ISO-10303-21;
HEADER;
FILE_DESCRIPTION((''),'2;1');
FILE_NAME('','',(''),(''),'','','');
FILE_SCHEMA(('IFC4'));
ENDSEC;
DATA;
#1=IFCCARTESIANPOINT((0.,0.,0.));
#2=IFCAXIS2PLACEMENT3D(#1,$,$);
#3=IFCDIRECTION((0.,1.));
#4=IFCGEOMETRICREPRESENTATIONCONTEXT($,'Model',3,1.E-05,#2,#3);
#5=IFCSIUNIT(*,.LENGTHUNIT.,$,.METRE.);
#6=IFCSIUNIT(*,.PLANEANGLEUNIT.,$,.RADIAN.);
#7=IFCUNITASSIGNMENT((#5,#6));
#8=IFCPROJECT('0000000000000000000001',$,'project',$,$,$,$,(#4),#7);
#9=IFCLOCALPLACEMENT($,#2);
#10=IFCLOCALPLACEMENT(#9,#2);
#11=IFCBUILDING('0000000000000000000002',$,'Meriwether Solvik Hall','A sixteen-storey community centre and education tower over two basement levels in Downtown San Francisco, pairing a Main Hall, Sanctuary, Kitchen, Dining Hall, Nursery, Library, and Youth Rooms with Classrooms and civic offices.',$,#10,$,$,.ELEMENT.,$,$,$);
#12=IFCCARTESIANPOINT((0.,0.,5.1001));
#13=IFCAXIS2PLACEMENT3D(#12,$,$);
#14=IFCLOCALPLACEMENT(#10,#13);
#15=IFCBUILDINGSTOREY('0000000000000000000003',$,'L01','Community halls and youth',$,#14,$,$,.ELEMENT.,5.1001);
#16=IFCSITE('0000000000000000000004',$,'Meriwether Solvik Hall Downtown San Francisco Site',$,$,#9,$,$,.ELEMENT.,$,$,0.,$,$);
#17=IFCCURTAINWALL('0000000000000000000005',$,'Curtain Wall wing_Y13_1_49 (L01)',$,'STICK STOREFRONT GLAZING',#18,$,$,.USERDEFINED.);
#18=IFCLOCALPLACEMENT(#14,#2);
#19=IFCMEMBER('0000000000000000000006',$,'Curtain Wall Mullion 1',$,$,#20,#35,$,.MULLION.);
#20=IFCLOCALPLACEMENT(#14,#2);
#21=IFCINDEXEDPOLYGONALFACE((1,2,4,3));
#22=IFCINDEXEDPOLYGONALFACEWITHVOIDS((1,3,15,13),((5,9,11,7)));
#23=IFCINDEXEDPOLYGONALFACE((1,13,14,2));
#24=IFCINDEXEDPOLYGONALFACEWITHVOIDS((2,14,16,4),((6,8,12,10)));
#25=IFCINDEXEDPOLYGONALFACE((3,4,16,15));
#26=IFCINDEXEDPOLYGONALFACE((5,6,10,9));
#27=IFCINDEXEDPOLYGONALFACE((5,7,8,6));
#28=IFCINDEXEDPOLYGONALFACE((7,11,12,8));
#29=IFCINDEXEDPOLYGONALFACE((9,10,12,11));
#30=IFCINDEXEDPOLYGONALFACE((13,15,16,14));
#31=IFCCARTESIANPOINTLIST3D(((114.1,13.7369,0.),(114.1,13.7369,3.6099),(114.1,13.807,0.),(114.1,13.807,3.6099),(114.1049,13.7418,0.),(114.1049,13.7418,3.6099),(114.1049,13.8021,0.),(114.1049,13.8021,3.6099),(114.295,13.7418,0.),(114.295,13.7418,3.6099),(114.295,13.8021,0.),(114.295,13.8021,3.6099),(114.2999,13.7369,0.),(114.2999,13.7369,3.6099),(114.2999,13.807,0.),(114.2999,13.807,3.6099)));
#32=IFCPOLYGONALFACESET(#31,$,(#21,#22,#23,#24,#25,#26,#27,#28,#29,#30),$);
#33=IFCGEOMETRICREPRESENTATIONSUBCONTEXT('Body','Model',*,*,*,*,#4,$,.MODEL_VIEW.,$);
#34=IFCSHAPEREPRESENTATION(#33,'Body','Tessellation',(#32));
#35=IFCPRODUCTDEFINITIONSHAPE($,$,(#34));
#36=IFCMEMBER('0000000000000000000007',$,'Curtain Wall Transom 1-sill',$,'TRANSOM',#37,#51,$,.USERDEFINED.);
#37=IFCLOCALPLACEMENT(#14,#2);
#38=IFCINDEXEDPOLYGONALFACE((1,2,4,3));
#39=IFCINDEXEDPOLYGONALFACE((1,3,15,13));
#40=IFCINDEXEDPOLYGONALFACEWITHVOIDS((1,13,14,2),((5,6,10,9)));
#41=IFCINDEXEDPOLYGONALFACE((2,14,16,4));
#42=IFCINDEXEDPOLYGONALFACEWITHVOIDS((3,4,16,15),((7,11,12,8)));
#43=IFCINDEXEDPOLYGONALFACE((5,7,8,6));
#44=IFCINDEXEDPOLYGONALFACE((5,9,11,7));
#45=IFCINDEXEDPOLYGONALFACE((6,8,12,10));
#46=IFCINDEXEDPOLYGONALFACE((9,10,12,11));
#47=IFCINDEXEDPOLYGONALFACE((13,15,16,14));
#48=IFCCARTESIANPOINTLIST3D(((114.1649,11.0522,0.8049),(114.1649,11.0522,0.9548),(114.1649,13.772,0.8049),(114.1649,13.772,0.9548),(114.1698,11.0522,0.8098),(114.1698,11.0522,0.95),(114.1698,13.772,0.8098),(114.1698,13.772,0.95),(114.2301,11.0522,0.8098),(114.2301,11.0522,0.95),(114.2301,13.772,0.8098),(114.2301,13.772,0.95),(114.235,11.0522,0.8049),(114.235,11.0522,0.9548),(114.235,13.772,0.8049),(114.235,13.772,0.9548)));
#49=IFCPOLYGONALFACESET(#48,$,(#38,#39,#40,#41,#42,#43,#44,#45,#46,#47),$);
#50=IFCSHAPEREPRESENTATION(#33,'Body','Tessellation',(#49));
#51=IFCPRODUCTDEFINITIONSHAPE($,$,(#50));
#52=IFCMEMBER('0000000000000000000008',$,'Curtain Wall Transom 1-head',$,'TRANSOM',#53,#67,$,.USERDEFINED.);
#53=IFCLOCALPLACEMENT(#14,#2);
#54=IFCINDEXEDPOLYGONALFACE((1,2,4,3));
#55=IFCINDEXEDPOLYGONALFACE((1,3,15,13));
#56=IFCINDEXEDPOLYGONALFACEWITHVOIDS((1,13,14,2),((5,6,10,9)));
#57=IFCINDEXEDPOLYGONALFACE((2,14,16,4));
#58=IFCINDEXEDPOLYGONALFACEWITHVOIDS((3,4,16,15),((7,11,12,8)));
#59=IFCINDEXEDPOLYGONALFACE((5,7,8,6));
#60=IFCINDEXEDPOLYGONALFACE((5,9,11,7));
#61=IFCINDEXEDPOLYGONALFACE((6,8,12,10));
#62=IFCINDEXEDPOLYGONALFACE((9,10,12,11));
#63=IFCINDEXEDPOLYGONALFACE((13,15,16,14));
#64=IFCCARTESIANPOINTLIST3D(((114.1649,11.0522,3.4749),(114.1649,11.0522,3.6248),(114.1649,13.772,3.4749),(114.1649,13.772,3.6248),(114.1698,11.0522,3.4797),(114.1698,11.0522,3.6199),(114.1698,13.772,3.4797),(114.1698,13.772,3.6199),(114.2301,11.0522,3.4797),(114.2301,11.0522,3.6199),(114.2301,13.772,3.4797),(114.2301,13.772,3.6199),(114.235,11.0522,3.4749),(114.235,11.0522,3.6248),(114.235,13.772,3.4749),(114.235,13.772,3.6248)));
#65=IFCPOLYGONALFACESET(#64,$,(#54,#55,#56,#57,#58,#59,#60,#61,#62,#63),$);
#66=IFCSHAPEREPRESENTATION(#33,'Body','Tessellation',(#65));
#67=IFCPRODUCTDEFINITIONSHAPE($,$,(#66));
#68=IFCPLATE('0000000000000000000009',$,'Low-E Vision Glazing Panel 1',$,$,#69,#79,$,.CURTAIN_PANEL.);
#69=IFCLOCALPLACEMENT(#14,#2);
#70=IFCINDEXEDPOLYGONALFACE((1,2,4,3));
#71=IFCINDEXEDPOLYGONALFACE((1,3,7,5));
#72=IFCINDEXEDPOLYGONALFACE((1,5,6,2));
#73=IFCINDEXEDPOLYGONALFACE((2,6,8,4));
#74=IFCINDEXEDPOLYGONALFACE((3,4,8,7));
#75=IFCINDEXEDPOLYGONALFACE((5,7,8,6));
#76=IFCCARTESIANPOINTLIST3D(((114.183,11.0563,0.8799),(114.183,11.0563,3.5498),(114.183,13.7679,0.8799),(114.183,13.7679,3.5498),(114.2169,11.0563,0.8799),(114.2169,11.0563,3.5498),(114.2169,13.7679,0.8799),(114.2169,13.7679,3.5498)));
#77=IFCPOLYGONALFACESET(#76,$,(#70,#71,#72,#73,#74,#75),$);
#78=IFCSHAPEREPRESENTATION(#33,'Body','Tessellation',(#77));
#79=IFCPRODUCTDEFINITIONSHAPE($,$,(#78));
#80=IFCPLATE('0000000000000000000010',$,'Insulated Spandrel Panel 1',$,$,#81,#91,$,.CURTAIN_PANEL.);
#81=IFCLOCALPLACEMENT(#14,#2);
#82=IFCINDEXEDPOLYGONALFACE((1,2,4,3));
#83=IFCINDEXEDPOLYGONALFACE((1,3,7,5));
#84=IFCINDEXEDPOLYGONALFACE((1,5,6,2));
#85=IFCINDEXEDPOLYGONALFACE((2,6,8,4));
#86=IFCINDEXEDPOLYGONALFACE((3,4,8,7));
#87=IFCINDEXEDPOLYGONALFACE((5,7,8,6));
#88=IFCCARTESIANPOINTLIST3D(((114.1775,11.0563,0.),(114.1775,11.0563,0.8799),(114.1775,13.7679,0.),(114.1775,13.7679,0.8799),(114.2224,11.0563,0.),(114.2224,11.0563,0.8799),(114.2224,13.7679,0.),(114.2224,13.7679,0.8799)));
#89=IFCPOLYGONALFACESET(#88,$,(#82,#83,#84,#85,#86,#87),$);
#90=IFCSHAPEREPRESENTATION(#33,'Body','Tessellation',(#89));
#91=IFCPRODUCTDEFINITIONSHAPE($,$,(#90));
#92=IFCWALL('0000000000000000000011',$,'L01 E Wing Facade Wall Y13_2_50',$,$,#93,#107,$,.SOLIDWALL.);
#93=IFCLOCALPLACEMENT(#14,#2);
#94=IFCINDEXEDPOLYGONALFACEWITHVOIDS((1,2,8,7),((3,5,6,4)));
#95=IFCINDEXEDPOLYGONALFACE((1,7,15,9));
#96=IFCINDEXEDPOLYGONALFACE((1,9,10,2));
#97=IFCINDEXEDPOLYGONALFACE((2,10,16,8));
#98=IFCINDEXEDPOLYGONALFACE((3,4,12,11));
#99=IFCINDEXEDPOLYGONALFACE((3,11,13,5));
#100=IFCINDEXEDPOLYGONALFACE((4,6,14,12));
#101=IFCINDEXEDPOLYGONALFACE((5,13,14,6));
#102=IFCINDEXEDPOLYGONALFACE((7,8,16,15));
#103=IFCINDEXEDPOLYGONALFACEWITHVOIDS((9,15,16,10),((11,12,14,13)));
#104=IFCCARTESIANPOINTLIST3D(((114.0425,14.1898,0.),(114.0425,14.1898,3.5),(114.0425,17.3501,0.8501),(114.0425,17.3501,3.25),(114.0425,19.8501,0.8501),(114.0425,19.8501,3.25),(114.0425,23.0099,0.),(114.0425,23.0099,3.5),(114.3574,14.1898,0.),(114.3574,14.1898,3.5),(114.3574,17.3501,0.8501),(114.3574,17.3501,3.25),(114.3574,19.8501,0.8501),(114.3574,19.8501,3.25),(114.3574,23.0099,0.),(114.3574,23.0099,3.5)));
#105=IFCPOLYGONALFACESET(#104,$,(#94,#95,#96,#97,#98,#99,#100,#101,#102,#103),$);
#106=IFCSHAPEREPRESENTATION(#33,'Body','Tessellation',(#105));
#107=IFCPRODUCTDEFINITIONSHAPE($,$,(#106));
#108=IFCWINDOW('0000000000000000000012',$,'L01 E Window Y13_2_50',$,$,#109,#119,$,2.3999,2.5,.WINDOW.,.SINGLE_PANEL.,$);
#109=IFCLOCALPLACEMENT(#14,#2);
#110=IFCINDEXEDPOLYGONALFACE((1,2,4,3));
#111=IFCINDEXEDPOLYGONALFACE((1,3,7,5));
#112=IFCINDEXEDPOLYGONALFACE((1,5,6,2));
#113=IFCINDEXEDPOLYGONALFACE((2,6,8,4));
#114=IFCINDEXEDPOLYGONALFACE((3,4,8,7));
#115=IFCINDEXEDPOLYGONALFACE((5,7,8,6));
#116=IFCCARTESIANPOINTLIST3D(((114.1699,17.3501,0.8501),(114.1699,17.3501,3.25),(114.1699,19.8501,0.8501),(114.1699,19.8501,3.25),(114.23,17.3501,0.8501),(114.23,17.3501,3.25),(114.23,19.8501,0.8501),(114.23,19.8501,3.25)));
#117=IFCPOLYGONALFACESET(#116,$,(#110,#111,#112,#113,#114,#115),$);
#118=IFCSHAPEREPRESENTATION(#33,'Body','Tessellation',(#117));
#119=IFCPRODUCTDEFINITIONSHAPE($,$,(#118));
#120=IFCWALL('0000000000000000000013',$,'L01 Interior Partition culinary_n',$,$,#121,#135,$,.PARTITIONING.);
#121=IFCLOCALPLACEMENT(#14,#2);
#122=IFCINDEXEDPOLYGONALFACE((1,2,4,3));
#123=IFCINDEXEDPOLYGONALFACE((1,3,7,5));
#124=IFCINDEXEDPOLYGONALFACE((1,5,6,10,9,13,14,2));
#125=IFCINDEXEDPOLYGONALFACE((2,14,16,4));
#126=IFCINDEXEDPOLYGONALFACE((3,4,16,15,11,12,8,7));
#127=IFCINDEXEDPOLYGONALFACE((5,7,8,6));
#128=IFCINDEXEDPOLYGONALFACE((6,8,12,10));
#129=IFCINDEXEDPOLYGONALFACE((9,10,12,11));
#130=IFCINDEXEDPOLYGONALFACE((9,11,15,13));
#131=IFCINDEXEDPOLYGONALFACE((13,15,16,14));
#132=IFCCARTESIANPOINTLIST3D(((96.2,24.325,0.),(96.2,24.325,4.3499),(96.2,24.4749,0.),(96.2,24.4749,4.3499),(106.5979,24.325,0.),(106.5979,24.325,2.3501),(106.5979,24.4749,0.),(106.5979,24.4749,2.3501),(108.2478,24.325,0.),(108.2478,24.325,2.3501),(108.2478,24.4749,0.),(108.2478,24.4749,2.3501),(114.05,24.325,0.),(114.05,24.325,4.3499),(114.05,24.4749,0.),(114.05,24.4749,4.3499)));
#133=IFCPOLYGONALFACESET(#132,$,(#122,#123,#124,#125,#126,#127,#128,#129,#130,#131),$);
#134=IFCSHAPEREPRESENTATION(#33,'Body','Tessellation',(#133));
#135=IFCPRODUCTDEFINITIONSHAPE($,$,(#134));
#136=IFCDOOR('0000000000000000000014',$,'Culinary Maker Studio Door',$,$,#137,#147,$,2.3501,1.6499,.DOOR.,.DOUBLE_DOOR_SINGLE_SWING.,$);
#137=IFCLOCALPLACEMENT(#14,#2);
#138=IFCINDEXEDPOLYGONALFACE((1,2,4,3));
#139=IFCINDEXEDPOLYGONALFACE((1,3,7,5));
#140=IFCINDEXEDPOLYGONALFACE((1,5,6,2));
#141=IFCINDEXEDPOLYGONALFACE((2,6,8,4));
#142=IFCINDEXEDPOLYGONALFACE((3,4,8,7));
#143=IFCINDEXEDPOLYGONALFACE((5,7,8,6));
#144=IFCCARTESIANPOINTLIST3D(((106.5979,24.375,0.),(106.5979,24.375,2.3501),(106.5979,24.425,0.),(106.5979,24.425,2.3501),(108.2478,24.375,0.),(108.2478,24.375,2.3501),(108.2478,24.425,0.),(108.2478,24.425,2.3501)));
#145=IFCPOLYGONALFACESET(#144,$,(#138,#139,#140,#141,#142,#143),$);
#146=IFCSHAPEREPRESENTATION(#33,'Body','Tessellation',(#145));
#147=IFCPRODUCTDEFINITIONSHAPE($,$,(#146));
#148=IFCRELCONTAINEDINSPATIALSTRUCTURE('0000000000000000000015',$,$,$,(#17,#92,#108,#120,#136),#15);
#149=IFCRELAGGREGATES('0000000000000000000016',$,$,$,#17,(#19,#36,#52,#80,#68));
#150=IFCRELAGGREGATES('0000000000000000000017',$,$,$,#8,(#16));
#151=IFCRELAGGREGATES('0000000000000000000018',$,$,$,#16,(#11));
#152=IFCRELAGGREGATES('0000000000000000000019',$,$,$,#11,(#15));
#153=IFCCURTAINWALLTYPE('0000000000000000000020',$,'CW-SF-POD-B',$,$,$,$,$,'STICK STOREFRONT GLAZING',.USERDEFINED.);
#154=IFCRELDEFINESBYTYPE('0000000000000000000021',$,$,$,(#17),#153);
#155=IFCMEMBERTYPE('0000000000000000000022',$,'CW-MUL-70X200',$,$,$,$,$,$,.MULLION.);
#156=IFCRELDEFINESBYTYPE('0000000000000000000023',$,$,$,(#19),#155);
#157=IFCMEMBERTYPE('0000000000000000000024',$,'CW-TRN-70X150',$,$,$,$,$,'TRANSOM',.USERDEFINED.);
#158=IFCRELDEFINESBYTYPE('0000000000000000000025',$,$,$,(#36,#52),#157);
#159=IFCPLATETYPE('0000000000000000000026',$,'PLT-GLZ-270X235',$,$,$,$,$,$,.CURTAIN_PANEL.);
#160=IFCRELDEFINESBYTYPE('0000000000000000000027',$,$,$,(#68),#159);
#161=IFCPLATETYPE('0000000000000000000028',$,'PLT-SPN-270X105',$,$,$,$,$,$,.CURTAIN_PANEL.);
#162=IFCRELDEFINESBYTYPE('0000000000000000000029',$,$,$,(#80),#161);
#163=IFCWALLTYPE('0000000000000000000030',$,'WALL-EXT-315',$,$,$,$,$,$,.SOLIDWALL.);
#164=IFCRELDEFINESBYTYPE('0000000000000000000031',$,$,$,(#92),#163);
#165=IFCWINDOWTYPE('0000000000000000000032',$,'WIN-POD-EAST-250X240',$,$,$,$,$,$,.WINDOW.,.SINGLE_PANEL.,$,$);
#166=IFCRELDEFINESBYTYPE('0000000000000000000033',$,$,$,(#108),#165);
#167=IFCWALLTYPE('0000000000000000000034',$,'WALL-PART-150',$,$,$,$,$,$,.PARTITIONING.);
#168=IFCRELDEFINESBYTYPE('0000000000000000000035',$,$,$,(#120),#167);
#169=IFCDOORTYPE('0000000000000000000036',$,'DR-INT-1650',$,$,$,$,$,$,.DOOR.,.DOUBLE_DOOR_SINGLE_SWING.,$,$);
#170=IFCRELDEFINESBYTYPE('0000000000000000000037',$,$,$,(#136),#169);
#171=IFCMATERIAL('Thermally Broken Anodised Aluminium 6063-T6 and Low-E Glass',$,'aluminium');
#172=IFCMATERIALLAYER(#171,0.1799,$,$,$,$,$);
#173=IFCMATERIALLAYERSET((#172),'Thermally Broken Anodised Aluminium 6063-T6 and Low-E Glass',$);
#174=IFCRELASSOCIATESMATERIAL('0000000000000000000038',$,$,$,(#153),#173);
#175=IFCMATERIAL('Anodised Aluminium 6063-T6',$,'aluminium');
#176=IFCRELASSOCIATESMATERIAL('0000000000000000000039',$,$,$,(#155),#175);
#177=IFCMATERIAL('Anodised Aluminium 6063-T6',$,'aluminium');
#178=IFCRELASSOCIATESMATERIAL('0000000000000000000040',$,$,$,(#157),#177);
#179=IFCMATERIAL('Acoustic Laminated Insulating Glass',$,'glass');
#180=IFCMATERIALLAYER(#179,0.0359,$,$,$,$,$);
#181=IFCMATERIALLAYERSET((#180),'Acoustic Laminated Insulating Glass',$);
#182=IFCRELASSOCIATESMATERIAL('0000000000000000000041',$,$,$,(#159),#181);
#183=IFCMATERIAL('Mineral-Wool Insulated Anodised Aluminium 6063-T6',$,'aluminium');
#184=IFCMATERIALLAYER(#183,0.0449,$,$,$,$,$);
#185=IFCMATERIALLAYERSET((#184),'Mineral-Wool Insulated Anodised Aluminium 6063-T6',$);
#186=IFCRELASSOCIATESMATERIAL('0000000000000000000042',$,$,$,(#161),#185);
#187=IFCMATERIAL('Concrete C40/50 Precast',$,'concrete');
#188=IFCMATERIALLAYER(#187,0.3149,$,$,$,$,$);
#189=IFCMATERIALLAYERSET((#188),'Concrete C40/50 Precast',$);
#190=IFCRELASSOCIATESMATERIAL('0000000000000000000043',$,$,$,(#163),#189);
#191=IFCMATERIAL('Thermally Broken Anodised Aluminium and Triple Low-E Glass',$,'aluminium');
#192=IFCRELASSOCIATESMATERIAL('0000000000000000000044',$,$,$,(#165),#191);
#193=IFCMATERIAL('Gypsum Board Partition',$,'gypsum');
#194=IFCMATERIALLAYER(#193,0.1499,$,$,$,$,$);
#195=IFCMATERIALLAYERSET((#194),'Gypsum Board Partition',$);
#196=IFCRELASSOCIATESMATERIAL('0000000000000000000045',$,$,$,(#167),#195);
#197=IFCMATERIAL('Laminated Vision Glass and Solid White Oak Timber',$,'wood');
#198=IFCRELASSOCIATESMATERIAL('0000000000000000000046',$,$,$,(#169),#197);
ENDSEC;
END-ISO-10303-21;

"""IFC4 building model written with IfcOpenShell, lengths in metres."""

from ifc_helpers import new_model, si_unit, direction, frame, frame_2d, origin, origin_2d, place, context, subcontext, project, spatial, rectangle, hollow_rectangle, extrude, material, layer, layer_set, material_profile, profile_set, type_object, element, fill, aggregate, save


model = new_model("IFC4")

# Units and contexts
model_context = context("Model", 3, precision=1e-05, world=origin(), true_north=direction((0.0, 1.0)))
body_context = subcontext(model_context, "Body", "Model", "MODEL_VIEW")
ifc_project = project(units=[si_unit("LENGTHUNIT", "METRE"), si_unit("PLANEANGLEUNIT", "RADIAN")], contexts=[model_context])

# Site, building, storey
site_placement = place(None, origin())
site = spatial("IfcSite", under=ifc_project, at=site_placement, Name="Meriwether Solvik Hall Downtown San Francisco Site", CompositionType="ELEMENT", RefElevation=0.0)
building_placement = place(site_placement, origin())
building = spatial("IfcBuilding", under=site, at=building_placement, Name="Meriwether Solvik Hall", Description="A sixteen-storey community centre and education tower over two basement levels in Downtown San Francisco, pairing a Main Hall, Sanctuary, Kitchen, Dining Hall, Nursery, Library, and Youth Rooms with Classrooms and civic offices.", CompositionType="ELEMENT")
storey_placement = place(building_placement, frame((0.0, 0.0, 5.1001)))
storey = spatial("IfcBuildingStorey", under=building, at=storey_placement, Name="L01", Description="Community halls and youth", CompositionType="ELEMENT", Elevation=5.1001)

# Curtain wall, members, plates
ifc_material_1 = material(Name="Thermally Broken Anodised Aluminium 6063-T6 and Low-E Glass", Category="aluminium")
ifc_layer_1 = layer(ifc_material_1, 0.1799)
ifc_layer_set_1 = layer_set([ifc_layer_1], Name="Thermally Broken Anodised Aluminium 6063-T6 and Low-E Glass")
curtain_wall_type = type_object("IfcCurtainWallType", Name="CW-SF-POD-B", ElementType="STICK STOREFRONT GLAZING", PredefinedType="USERDEFINED", material=ifc_layer_set_1)
curtain_wall_placement = place(storey_placement, origin())
curtain_wall = element("IfcCurtainWall", 1, at=curtain_wall_placement, inside=storey, type_object=curtain_wall_type, Name="Curtain Wall wing_Y13_1_49 (L01)", ObjectType="STICK STOREFRONT GLAZING", PredefinedType="USERDEFINED")
ifc_material_2 = material(Name="Anodised Aluminium 6063-T6", Category="aluminium")
ifc_material_profile_1 = material_profile(ifc_material_2, hollow_rectangle(XDim=0.0701, YDim=0.2, WallThickness=0.0049, at=origin_2d()), Name="CWM-70X200")
ifc_profile_set_1 = profile_set([ifc_material_profile_1], Name="Anodised Aluminium 6063-T6")
member_type_1 = type_object("IfcMemberType", Name="CW-MUL-70X200", PredefinedType="MULLION", material=ifc_profile_set_1)
member_1_placement = place(storey_placement, frame((114.2, 13.772, 0.0), z_axis=(0.0, 0.0, 1.0), x_axis=(0.0, -1.0, 0.0)))
member_1 = element("IfcMember", 2, at=member_1_placement, type_object=member_type_1, Name="Curtain Wall Mullion 1", PredefinedType="MULLION", context=body_context, shape_type="SweptSolid", body=[
    extrude(hollow_rectangle(XDim=0.0701, YDim=0.2, WallThickness=0.0049, at=origin_2d()), origin(), (0.0, 0.0, 1.0), 3.6099),
])
ifc_material_3 = material(Name="Anodised Aluminium 6063-T6", Category="aluminium")
ifc_material_profile_2 = material_profile(ifc_material_3, hollow_rectangle(XDim=0.0701, YDim=0.1499, WallThickness=0.0049, at=origin_2d()), Name="CWT-70X150")
ifc_profile_set_2 = profile_set([ifc_material_profile_2], Name="Anodised Aluminium 6063-T6")
member_type_2 = type_object("IfcMemberType", Name="CW-TRN-70X150", ElementType="TRANSOM", PredefinedType="USERDEFINED", material=ifc_profile_set_2)
member_2_placement = place(storey_placement, frame((114.2, 13.772, 0.8799), z_axis=(0.0, -1.0, 0.0), x_axis=(1.0, 0.0, 0.0)))
member_2 = element("IfcMember", 3, at=member_2_placement, type_object=member_type_2, Name="Curtain Wall Transom 1-sill", ObjectType="TRANSOM", PredefinedType="USERDEFINED", context=body_context, shape_type="SweptSolid", body=[
    extrude(hollow_rectangle(XDim=0.0701, YDim=0.1499, WallThickness=0.0049, at=origin_2d()), origin(), (0.0, 0.0, 1.0), 2.7197),
])
member_3_placement = place(storey_placement, frame((114.2, 13.772, 3.5498), z_axis=(0.0, -1.0, 0.0), x_axis=(1.0, 0.0, 0.0)))
member_3 = element("IfcMember", 4, at=member_3_placement, type_object=member_type_2, Name="Curtain Wall Transom 1-head", ObjectType="TRANSOM", PredefinedType="USERDEFINED", context=body_context, shape_type="SweptSolid", body=[
    extrude(hollow_rectangle(XDim=0.0701, YDim=0.1499, WallThickness=0.0049, at=origin_2d()), origin(), (0.0, 0.0, 1.0), 2.7197),
])
ifc_material_4 = material(Name="Acoustic Laminated Insulating Glass", Category="glass")
ifc_layer_2 = layer(ifc_material_4, 0.0359)
ifc_layer_set_2 = layer_set([ifc_layer_2], Name="Acoustic Laminated Insulating Glass")
plate_type_1 = type_object("IfcPlateType", Name="PLT-GLZ-270X235", PredefinedType="CURTAIN_PANEL", material=ifc_layer_set_2)
plate_1_placement = place(storey_placement, frame((114.2, 12.4121, 0.8799), z_axis=(0.0, 0.0, 1.0), x_axis=(0.0, -1.0, 0.0)))
plate_1 = element("IfcPlate", 5, at=plate_1_placement, type_object=plate_type_1, Name="Low-E Vision Glazing Panel 1", PredefinedType="CURTAIN_PANEL", context=body_context, shape_type="SweptSolid", body=[
    extrude(rectangle(XDim=2.7117, YDim=0.0339, at=origin_2d()), origin(), (0.0, 0.0, 1.0), 2.6699),
])
ifc_material_5 = material(Name="Mineral-Wool Insulated Anodised Aluminium 6063-T6", Category="aluminium")
ifc_layer_3 = layer(ifc_material_5, 0.0449)
ifc_layer_set_3 = layer_set([ifc_layer_3], Name="Mineral-Wool Insulated Anodised Aluminium 6063-T6")
plate_type_2 = type_object("IfcPlateType", Name="PLT-SPN-270X105", PredefinedType="CURTAIN_PANEL", material=ifc_layer_set_3)
plate_2_placement = place(storey_placement, frame((114.2, 12.4121, 0.0), z_axis=(0.0, 0.0, 1.0), x_axis=(0.0, -1.0, 0.0)))
plate_2 = element("IfcPlate", 6, at=plate_2_placement, type_object=plate_type_2, Name="Insulated Spandrel Panel 1", PredefinedType="CURTAIN_PANEL", context=body_context, shape_type="SweptSolid", body=[
    extrude(rectangle(XDim=2.7117, YDim=0.0449, at=origin_2d()), origin(), (0.0, 0.0, 1.0), 0.8799),
])
aggregate(curtain_wall, [member_1, member_2, member_3, plate_2, plate_1])

# Wall, opening, window
ifc_material_6 = material(Name="Concrete C40/50 Precast", Category="concrete")
ifc_layer_4 = layer(ifc_material_6, 0.3149)
ifc_layer_set_4 = layer_set([ifc_layer_4], Name="Concrete C40/50 Precast")
wall_type_1 = type_object("IfcWallType", Name="WALL-EXT-315", PredefinedType="SOLIDWALL", material=ifc_layer_set_4)
wall_1_placement = place(storey_placement, frame((114.2, 23.01, 0.0), z_axis=(0.0, 0.0, 1.0), x_axis=(0.0, -1.0, 0.0)))
wall_1 = element("IfcWall", 7, at=wall_1_placement, inside=storey, type_object=wall_type_1, Name="L01 E Wing Facade Wall Y13_2_50", PredefinedType="SOLIDWALL", context=body_context, shape_type="SweptSolid", body=[
    extrude(rectangle(XDim=8.8201, YDim=0.3149, at=frame_2d((4.4102, 0.0))), origin(), (0.0, 0.0, 1.0), 3.5),
])
opening_1_placement = place(wall_1_placement, frame((3.1599, 0.0, 0.8501)))
opening_1 = element("IfcOpeningElement", 8, at=opening_1_placement, cuts=wall_1, PredefinedType="OPENING", context=body_context, shape_type="SweptSolid", body=[
    extrude(rectangle(XDim=2.5, YDim=2.3999, at=frame_2d((1.25, 1.2))), frame((0.0, 0.1694, 0.0), z_axis=(0.0, -1.0, 0.0), x_axis=(1.0, 0.0, 0.0)), (0.0, 0.0, 1.0), 0.3389),
])
ifc_material_7 = material(Name="Thermally Broken Anodised Aluminium and Triple Low-E Glass", Category="aluminium")
window_type = type_object("IfcWindowType", Name="WIN-POD-EAST-250X240", PartitioningType="SINGLE_PANEL", PredefinedType="WINDOW", material=ifc_material_7)
window_placement = place(opening_1_placement, origin())
window = element("IfcWindow", 9, at=window_placement, inside=storey, type_object=window_type, Name="L01 E Window Y13_2_50", OverallHeight=2.3999, OverallWidth=2.5, PartitioningType="SINGLE_PANEL", PredefinedType="WINDOW", context=body_context, shape_type="SweptSolid", body=[
    extrude(rectangle(XDim=2.5, YDim=2.3999, at=frame_2d((1.25, 1.2))), frame((0.0, 0.03, 0.0), z_axis=(0.0, -1.0, 0.0), x_axis=(1.0, 0.0, 0.0)), (0.0, 0.0, 1.0), 0.0601),
])
fill(opening_1, window)

# Wall, opening, door
ifc_material_8 = material(Name="Gypsum Board Partition", Category="gypsum")
ifc_layer_5 = layer(ifc_material_8, 0.1499)
ifc_layer_set_5 = layer_set([ifc_layer_5], Name="Gypsum Board Partition")
wall_type_2 = type_object("IfcWallType", Name="WALL-PART-150", PredefinedType="PARTITIONING", material=ifc_layer_set_5)
wall_2_placement = place(storey_placement, frame((114.05, 24.3999, 0.0), z_axis=(0.0, 0.0, 1.0), x_axis=(-1.0, 0.0, 0.0)))
wall_2 = element("IfcWall", 10, at=wall_2_placement, inside=storey, type_object=wall_type_2, Name="L01 Interior Partition culinary_n", PredefinedType="PARTITIONING", context=body_context, shape_type="SweptSolid", body=[
    extrude(rectangle(XDim=17.8501, YDim=0.1499, at=frame_2d((8.925, 0.0))), origin(), (0.0, 0.0, 1.0), 4.3499),
])
opening_2_placement = place(wall_2_placement, frame((5.8022, 0.0, 0.0)))
opening_2 = element("IfcOpeningElement", 11, at=opening_2_placement, cuts=wall_2, PredefinedType="OPENING", context=body_context, shape_type="SweptSolid", body=[
    extrude(rectangle(XDim=1.6499, YDim=2.3501, at=frame_2d((0.825, 1.175))), frame((0.0, 0.0869, 0.0), z_axis=(0.0, -1.0, 0.0), x_axis=(1.0, 0.0, 0.0)), (0.0, 0.0, 1.0), 0.1738),
])
ifc_material_9 = material(Name="Laminated Vision Glass and Solid White Oak Timber", Category="wood")
door_type = type_object("IfcDoorType", Name="DR-INT-1650", OperationType="DOUBLE_DOOR_SINGLE_SWING", PredefinedType="DOOR", material=ifc_material_9)
door_placement = place(opening_2_placement, origin())
door = element("IfcDoor", 12, at=door_placement, inside=storey, type_object=door_type, Name="Culinary Maker Studio Door", OperationType="DOUBLE_DOOR_SINGLE_SWING", OverallHeight=2.3501, OverallWidth=1.6499, PredefinedType="DOOR", context=body_context, shape_type="SweptSolid", body=[
    extrude(rectangle(XDim=1.6499, YDim=2.3501, at=frame_2d((0.825, 1.175))), frame((0.0, 0.0249, 0.0), z_axis=(0.0, -1.0, 0.0), x_axis=(1.0, 0.0, 0.0)), (0.0, 0.0, 1.0), 0.05),
])
fill(opening_2, door)

save(model, "model.ifc")
